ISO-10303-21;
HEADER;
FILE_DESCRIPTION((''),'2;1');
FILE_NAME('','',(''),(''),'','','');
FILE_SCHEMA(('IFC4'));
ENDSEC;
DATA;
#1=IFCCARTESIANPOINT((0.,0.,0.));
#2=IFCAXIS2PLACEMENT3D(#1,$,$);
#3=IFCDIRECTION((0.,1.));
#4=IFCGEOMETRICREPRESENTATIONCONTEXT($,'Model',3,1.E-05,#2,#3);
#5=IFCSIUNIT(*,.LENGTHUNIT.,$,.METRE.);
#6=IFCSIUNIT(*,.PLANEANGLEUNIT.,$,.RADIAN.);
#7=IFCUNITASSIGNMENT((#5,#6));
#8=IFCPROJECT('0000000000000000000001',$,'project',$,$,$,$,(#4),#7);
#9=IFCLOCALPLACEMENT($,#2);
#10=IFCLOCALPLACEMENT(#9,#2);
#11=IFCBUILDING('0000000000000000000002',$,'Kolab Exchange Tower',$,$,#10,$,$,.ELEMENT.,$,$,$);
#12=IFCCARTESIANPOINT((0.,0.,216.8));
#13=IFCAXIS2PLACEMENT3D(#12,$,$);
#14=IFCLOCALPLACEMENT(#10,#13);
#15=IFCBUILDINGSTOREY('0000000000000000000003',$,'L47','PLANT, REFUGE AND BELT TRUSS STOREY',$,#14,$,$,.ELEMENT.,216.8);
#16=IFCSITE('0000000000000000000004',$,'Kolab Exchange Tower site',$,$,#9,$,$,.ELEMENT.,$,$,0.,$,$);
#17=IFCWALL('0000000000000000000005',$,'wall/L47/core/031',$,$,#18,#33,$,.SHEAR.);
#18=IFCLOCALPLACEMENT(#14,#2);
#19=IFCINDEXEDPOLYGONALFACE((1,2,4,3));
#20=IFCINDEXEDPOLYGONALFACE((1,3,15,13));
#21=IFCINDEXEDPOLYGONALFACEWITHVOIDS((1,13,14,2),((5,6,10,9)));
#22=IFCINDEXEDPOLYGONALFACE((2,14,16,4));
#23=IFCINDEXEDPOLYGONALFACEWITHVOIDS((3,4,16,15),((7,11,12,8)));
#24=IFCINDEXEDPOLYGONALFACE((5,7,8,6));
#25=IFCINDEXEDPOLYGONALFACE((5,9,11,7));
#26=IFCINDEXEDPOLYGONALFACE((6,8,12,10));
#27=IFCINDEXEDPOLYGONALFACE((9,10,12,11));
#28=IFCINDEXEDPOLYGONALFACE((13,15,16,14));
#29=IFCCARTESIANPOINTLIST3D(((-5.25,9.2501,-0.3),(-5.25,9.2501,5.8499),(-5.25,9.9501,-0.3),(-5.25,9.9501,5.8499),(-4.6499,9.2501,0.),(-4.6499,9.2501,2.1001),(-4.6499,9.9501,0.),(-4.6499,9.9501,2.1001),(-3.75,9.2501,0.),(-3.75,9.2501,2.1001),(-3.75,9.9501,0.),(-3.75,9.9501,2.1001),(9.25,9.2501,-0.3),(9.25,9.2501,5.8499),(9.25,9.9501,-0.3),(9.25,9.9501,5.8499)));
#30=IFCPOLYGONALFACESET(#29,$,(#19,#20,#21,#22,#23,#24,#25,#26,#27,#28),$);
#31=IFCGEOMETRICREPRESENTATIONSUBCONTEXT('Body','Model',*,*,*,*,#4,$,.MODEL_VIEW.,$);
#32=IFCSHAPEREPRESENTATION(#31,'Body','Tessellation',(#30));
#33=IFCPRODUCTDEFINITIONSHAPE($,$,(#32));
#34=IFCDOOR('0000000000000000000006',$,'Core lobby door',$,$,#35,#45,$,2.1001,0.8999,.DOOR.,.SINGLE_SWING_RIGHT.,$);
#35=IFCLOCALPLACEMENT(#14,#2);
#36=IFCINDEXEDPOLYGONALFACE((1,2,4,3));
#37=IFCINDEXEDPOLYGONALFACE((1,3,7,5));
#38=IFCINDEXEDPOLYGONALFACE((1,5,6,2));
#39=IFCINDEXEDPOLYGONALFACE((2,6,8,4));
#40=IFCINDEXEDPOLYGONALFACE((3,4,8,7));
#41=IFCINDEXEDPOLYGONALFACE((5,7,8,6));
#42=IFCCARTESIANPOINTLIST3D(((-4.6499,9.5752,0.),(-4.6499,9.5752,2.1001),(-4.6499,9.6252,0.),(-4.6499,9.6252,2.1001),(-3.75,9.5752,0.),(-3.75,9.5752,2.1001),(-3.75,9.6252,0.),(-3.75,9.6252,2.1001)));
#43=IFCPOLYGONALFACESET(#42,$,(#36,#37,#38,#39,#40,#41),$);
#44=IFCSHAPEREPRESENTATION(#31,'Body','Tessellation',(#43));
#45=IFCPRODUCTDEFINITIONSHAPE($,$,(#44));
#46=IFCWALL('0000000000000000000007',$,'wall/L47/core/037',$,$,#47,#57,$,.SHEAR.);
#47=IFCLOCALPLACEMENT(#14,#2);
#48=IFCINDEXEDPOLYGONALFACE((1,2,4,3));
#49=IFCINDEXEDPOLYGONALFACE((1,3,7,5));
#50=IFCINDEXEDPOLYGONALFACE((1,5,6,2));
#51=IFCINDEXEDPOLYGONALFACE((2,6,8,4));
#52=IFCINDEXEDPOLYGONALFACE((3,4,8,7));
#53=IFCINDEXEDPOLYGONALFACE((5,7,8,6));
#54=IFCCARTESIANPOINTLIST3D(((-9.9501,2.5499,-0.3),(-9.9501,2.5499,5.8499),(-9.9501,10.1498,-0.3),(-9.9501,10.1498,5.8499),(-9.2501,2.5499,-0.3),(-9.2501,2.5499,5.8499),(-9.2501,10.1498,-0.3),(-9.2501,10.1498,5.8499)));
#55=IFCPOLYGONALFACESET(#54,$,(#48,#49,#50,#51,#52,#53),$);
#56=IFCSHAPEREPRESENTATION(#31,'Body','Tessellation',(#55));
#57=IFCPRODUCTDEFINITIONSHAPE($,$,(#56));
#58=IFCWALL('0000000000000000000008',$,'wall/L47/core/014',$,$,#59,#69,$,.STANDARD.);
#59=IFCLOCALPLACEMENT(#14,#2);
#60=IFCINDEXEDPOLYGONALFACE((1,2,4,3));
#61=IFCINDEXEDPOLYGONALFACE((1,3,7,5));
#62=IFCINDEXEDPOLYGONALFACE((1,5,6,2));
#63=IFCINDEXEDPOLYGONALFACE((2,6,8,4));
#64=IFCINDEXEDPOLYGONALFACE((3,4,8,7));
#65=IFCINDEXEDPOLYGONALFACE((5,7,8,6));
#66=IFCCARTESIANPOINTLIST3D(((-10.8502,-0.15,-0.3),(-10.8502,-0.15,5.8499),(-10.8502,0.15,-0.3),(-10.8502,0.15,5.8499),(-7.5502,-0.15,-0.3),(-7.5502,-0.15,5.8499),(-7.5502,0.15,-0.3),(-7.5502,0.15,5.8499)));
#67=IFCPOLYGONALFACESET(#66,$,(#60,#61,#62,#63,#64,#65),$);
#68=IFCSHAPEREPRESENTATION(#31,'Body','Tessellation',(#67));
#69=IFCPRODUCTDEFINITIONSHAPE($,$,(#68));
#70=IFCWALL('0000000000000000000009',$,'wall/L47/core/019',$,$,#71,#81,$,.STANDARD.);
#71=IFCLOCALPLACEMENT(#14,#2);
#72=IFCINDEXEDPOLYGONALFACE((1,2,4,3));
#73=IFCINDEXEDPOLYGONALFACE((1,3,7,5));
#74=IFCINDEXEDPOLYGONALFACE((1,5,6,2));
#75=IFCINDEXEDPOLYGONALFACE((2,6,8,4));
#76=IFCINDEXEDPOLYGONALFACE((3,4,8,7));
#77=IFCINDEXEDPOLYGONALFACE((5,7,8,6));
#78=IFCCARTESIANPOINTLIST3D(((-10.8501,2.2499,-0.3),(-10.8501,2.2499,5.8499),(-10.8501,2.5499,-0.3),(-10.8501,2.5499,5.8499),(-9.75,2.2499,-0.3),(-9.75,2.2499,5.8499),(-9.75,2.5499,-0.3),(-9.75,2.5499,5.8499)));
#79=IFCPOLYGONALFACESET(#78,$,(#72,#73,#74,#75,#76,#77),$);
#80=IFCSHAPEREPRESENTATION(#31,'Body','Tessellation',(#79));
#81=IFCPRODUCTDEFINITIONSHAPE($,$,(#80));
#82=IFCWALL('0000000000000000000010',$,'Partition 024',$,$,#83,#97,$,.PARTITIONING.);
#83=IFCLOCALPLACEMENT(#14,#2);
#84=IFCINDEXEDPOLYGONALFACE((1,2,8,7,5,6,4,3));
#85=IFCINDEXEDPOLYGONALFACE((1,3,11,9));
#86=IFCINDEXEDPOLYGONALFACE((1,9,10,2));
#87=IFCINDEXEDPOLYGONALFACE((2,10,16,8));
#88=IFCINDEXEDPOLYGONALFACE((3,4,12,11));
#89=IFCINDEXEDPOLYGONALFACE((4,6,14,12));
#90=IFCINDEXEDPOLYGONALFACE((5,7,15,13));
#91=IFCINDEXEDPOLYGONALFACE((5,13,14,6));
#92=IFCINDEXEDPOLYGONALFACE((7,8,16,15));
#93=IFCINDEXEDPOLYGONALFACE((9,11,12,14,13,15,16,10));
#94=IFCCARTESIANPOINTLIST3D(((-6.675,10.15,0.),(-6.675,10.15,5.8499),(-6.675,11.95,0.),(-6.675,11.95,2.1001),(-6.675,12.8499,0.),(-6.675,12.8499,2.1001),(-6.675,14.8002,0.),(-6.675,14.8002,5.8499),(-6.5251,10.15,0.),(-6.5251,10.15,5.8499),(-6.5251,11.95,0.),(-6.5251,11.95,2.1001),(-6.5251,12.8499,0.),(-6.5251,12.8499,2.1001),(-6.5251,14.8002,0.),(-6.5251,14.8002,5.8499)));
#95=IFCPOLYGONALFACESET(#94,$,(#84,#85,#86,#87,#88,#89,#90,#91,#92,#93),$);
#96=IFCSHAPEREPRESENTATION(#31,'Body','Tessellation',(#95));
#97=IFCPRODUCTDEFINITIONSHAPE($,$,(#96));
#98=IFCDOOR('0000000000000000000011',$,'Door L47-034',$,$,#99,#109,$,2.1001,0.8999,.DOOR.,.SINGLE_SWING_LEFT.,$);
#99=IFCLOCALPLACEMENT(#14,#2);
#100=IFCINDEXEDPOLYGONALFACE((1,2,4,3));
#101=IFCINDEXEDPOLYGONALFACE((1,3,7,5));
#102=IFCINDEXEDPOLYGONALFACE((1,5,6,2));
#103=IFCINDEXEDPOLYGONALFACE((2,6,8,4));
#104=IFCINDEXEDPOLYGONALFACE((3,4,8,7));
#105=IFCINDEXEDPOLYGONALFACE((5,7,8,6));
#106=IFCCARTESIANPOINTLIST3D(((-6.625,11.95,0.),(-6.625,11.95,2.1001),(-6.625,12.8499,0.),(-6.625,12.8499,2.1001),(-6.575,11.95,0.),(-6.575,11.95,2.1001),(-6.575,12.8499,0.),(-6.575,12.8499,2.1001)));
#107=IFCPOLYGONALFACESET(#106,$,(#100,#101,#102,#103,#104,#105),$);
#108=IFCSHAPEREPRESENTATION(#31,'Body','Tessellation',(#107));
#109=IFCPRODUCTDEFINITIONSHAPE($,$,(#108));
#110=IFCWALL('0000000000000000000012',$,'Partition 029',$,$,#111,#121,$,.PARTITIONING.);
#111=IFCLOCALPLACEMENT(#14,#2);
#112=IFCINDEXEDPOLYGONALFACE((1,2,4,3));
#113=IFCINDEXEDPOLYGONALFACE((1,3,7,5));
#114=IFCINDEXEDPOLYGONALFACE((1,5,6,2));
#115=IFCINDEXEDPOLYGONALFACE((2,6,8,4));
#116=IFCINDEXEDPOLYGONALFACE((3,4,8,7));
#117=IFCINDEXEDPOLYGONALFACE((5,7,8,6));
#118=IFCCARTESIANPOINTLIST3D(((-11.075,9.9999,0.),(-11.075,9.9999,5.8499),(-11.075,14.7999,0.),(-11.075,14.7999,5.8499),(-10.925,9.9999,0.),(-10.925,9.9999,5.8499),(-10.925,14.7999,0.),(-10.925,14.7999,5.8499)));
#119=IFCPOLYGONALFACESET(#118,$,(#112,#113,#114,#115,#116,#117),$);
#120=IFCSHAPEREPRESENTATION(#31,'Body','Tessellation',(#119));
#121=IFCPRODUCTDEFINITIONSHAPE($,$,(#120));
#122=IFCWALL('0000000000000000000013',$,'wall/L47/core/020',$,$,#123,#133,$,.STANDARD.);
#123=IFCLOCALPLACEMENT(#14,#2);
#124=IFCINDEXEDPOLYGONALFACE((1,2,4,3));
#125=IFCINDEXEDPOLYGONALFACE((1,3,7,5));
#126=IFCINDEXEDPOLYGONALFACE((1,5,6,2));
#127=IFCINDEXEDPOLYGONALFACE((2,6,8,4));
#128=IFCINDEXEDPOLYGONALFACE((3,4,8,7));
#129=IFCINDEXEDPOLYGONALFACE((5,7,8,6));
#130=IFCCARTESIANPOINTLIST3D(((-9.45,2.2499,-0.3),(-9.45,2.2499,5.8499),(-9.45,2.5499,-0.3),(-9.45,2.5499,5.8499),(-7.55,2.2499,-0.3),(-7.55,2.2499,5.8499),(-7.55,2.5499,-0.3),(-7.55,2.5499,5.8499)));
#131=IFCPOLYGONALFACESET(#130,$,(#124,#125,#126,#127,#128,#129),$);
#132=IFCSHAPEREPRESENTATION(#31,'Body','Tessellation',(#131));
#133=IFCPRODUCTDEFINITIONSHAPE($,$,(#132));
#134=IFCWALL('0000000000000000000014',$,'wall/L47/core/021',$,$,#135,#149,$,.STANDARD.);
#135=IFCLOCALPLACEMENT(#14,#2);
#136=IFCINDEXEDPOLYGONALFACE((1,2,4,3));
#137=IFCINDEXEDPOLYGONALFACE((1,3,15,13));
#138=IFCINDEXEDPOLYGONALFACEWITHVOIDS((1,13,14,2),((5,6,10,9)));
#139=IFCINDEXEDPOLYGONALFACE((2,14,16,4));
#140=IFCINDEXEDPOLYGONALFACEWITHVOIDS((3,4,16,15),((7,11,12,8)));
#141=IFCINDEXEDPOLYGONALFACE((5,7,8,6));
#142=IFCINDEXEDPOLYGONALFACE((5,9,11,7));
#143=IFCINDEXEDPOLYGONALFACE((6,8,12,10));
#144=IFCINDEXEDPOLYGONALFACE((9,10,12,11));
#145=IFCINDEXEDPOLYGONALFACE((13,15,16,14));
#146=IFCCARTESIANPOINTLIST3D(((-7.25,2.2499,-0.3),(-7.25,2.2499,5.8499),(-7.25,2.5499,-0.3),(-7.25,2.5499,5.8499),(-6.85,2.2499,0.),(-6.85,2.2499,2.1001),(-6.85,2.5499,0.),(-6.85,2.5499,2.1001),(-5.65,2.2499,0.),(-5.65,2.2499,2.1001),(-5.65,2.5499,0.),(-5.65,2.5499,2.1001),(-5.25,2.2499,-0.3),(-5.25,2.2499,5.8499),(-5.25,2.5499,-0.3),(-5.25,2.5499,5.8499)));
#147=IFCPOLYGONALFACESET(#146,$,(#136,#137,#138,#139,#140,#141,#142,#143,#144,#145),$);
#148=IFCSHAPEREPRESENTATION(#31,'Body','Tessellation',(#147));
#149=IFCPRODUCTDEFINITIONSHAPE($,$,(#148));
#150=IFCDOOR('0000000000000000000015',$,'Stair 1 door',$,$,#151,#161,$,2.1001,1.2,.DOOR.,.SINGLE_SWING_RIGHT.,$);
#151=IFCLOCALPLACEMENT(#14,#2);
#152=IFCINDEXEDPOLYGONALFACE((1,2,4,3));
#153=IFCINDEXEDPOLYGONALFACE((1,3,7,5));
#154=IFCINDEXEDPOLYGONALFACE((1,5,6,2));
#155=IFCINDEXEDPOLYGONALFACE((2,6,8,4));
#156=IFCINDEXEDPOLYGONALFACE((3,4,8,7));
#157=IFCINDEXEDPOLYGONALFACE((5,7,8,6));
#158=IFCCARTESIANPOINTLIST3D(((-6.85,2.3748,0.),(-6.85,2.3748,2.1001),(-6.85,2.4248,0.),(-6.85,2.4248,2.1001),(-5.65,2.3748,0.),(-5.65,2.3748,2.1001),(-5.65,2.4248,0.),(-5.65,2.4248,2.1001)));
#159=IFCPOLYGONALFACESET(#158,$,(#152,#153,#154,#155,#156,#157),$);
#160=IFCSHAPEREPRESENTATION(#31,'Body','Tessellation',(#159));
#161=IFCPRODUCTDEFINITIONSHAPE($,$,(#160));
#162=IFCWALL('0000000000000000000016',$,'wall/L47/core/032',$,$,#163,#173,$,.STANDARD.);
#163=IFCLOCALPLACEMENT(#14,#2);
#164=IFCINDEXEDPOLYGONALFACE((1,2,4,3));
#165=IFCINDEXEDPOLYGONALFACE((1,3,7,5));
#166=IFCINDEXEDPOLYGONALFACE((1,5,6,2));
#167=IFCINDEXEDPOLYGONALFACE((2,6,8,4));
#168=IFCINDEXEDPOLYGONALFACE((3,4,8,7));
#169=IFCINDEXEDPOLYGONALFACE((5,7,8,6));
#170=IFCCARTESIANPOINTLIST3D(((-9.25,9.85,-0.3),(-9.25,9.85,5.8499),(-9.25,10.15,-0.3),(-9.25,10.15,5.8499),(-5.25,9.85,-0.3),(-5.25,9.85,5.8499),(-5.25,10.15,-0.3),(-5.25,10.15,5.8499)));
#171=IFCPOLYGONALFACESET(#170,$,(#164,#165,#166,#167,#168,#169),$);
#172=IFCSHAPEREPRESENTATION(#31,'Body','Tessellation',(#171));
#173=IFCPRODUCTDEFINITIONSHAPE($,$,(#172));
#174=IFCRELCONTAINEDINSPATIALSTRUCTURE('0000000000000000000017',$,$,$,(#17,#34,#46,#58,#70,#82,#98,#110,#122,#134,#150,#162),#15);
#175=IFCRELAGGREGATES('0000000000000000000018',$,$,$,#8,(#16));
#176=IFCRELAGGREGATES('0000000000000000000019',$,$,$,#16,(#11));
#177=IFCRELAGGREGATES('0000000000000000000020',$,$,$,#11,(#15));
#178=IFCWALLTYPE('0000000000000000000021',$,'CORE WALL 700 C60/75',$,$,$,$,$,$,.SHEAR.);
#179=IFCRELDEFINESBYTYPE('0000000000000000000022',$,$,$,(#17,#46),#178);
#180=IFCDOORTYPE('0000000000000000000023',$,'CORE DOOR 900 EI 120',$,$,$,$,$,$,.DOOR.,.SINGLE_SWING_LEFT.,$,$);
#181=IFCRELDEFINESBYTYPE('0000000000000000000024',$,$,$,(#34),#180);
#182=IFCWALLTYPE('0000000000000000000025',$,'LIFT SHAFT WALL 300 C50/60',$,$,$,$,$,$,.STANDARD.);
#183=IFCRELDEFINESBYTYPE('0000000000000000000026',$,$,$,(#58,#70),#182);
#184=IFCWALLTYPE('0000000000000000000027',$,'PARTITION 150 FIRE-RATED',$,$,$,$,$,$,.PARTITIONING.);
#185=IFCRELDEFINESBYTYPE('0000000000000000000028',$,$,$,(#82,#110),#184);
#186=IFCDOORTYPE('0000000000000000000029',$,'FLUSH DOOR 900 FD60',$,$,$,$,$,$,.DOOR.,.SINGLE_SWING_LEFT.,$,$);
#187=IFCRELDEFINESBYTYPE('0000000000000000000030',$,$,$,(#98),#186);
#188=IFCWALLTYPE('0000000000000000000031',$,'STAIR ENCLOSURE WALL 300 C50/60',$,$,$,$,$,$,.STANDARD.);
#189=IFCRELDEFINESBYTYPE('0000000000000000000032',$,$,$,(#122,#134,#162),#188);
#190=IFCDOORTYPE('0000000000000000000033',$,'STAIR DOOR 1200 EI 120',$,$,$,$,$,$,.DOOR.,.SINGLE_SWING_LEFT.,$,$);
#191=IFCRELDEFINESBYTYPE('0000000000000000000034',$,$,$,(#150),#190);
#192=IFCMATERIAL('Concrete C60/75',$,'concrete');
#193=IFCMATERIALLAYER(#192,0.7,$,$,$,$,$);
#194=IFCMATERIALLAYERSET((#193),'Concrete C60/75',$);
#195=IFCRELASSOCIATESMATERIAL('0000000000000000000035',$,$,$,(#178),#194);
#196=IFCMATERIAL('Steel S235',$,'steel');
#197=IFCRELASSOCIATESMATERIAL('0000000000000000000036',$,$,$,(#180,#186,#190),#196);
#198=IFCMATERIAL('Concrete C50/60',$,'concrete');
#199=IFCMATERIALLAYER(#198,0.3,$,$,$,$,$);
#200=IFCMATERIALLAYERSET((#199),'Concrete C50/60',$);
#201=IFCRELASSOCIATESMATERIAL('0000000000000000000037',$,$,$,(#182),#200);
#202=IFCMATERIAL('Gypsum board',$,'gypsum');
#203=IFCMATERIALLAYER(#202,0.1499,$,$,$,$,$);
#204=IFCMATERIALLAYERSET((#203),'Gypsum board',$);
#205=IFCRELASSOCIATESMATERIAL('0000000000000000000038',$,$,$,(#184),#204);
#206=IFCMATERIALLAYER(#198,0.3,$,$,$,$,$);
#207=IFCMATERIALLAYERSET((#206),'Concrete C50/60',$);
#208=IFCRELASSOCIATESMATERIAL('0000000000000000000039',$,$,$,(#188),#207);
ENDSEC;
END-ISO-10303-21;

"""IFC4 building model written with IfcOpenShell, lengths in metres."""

from ifc_helpers import new_model, si_unit, direction, frame, frame_2d, origin, place, context, subcontext, project, spatial, rectangle, extrude, material, layer, layer_set, type_object, element, fill, save


model = new_model("IFC4")

# Units and contexts
model_context = context("Model", 3, precision=1e-05, world=origin(), true_north=direction((0.0, 1.0)))
body_context = subcontext(model_context, "Body", "Model", "MODEL_VIEW")
ifc_project = project(units=[si_unit("LENGTHUNIT", "METRE"), si_unit("PLANEANGLEUNIT", "RADIAN")], contexts=[model_context])

# Site, building, storey
site_placement = place(None, origin())
site = spatial("IfcSite", under=ifc_project, at=site_placement, Name="Kolab Exchange Tower site", CompositionType="ELEMENT", RefElevation=0.0)
building_placement = place(site_placement, origin())
building = spatial("IfcBuilding", under=site, at=building_placement, Name="Kolab Exchange Tower", CompositionType="ELEMENT")
storey_placement = place(building_placement, frame((0.0, 0.0, 216.8)))
storey = spatial("IfcBuildingStorey", under=building, at=storey_placement, Name="L47", Description="PLANT, REFUGE AND BELT TRUSS STOREY", CompositionType="ELEMENT", Elevation=216.8)

# Wall, opening, door
ifc_material_1 = material(Name="Concrete C60/75", Category="concrete")
ifc_layer_1 = layer(ifc_material_1, 0.7)
ifc_layer_set_1 = layer_set([ifc_layer_1], Name="Concrete C60/75")
wall_type_1 = type_object("IfcWallType", Name="CORE WALL 700 C60/75", PredefinedType="SHEAR", material=ifc_layer_set_1)
wall_1_placement = place(storey_placement, frame((-5.25, 9.6001, -0.3), z_axis=(0.0, 0.0, 1.0), x_axis=(1.0, 0.0, 0.0)))
wall_1 = element("IfcWall", 1, at=wall_1_placement, inside=storey, type_object=wall_type_1, Name="wall/L47/core/031", PredefinedType="SHEAR", context=body_context, shape_type="SweptSolid", body=[
    extrude(rectangle(XDim=14.5, YDim=0.7, at=frame_2d((7.25, 0.0))), origin(), (0.0, 0.0, 1.0), 6.1499),
])
opening_1_placement = place(wall_1_placement, frame((0.6001, 0.0, 0.3)))
opening_1 = element("IfcOpeningElement", 2, at=opening_1_placement, cuts=wall_1, PredefinedType="OPENING", context=body_context, shape_type="SweptSolid", body=[
    extrude(rectangle(XDim=0.8999, YDim=2.1001, at=frame_2d((0.45, 1.05))), frame((0.0, 0.3599, 0.0), z_axis=(0.0, -1.0, 0.0), x_axis=(1.0, 0.0, 0.0)), (0.0, 0.0, 1.0), 0.72),
])
ifc_material_2 = material(Name="Steel S235", Category="steel")
door_type_1 = type_object("IfcDoorType", Name="CORE DOOR 900 EI 120", OperationType="SINGLE_SWING_LEFT", PredefinedType="DOOR", material=ifc_material_2)
door_1_placement = place(opening_1_placement, frame((0.8999, 0.0, 0.0), z_axis=(0.0, 0.0, 1.0), x_axis=(-1.0, 0.0, 0.0)))
door_1 = element("IfcDoor", 3, at=door_1_placement, inside=storey, type_object=door_type_1, Name="Core lobby door", OperationType="SINGLE_SWING_RIGHT", OverallHeight=2.1001, OverallWidth=0.8999, PredefinedType="DOOR", context=body_context, shape_type="SweptSolid", body=[
    extrude(rectangle(XDim=0.8999, YDim=2.1001, at=frame_2d((0.45, 1.05))), frame((0.0, 0.0249, 0.0), z_axis=(0.0, -1.0, 0.0), x_axis=(1.0, 0.0, 0.0)), (0.0, 0.0, 1.0), 0.05),
])
fill(opening_1, door_1)

# Walls
wall_2_placement = place(storey_placement, frame((-9.6001, 2.55, -0.3), z_axis=(0.0, 0.0, 1.0), x_axis=(0.0, 1.0, 0.0)))
element("IfcWall", 4, at=wall_2_placement, inside=storey, type_object=wall_type_1, Name="wall/L47/core/037", PredefinedType="SHEAR", context=body_context, shape_type="SweptSolid", body=[
    extrude(rectangle(XDim=7.5999, YDim=0.7, at=frame_2d((3.7998, 0.0))), origin(), (0.0, 0.0, 1.0), 6.1499),
])
ifc_material_3 = material(Name="Concrete C50/60", Category="concrete")
ifc_layer_2 = layer(ifc_material_3, 0.3)
ifc_layer_set_2 = layer_set([ifc_layer_2], Name="Concrete C50/60")
wall_type_2 = type_object("IfcWallType", Name="LIFT SHAFT WALL 300 C50/60", PredefinedType="STANDARD", material=ifc_layer_set_2)
wall_3_placement = place(storey_placement, frame((-10.8501, 0.0, -0.3), z_axis=(0.0, 0.0, 1.0), x_axis=(1.0, 0.0, 0.0)))
element("IfcWall", 5, at=wall_3_placement, inside=storey, type_object=wall_type_2, Name="wall/L47/core/014", PredefinedType="STANDARD", context=body_context, shape_type="SweptSolid", body=[
    extrude(rectangle(XDim=3.3, YDim=0.3, at=frame_2d((1.6499, 0.0))), origin(), (0.0, 0.0, 1.0), 6.1499),
])
wall_4_placement = place(storey_placement, frame((-10.8501, 2.3999, -0.3), z_axis=(0.0, 0.0, 1.0), x_axis=(1.0, 0.0, 0.0)))
element("IfcWall", 6, at=wall_4_placement, inside=storey, type_object=wall_type_2, Name="wall/L47/core/019", PredefinedType="STANDARD", context=body_context, shape_type="SweptSolid", body=[
    extrude(rectangle(XDim=1.1001, YDim=0.3, at=frame_2d((0.55, 0.0))), origin(), (0.0, 0.0, 1.0), 6.1499),
])

# Wall, opening, door
ifc_material_4 = material(Name="Gypsum board", Category="gypsum")
ifc_layer_3 = layer(ifc_material_4, 0.1499)
ifc_layer_set_3 = layer_set([ifc_layer_3], Name="Gypsum board")
wall_type_3 = type_object("IfcWallType", Name="PARTITION 150 FIRE-RATED", PredefinedType="PARTITIONING", material=ifc_layer_set_3)
wall_5_placement = place(storey_placement, frame((-6.6001, 10.1499, 0.0), z_axis=(0.0, 0.0, 1.0), x_axis=(0.0, 1.0, 0.0)))
wall_5 = element("IfcWall", 7, at=wall_5_placement, inside=storey, type_object=wall_type_3, Name="Partition 024", PredefinedType="PARTITIONING", context=body_context, shape_type="SweptSolid", body=[
    extrude(rectangle(XDim=4.6501, YDim=0.1499, at=frame_2d((2.3252, 0.0))), origin(), (0.0, 0.0, 1.0), 5.8499),
])
opening_2_placement = place(wall_5_placement, frame((1.8, 0.0, 0.0)))
opening_2 = element("IfcOpeningElement", 8, at=opening_2_placement, cuts=wall_5, PredefinedType="OPENING", context=body_context, shape_type="SweptSolid", body=[
    extrude(rectangle(XDim=0.8999, YDim=2.1001, at=frame_2d((0.45, 1.05))), frame((0.0, 0.085, 0.0), z_axis=(0.0, -1.0, 0.0), x_axis=(1.0, 0.0, 0.0)), (0.0, 0.0, 1.0), 0.1699),
])
door_type_2 = type_object("IfcDoorType", Name="FLUSH DOOR 900 FD60", OperationType="SINGLE_SWING_LEFT", PredefinedType="DOOR", material=ifc_material_2)
door_2_placement = place(opening_2_placement, origin())
door_2 = element("IfcDoor", 9, at=door_2_placement, inside=storey, type_object=door_type_2, Name="Door L47-034", OperationType="SINGLE_SWING_LEFT", OverallHeight=2.1001, OverallWidth=0.8999, PredefinedType="DOOR", context=body_context, shape_type="SweptSolid", body=[
    extrude(rectangle(XDim=0.8999, YDim=2.1001, at=frame_2d((0.45, 1.05))), frame((0.0, 0.0249, 0.0), z_axis=(0.0, -1.0, 0.0), x_axis=(1.0, 0.0, 0.0)), (0.0, 0.0, 1.0), 0.05),
])
fill(opening_2, door_2)

# Walls
wall_6_placement = place(storey_placement, frame((-11.0, 10.0, 0.0), z_axis=(0.0, 0.0, 1.0), x_axis=(0.0, 1.0, 0.0)))
element("IfcWall", 10, at=wall_6_placement, inside=storey, type_object=wall_type_3, Name="Partition 029", PredefinedType="PARTITIONING", context=body_context, shape_type="SweptSolid", body=[
    extrude(rectangle(XDim=4.8, YDim=0.1499, at=frame_2d((2.3999, 0.0))), origin(), (0.0, 0.0, 1.0), 5.8499),
])
ifc_layer_4 = layer(ifc_material_3, 0.3)
ifc_layer_set_4 = layer_set([ifc_layer_4], Name="Concrete C50/60")
wall_type_4 = type_object("IfcWallType", Name="STAIR ENCLOSURE WALL 300 C50/60", PredefinedType="STANDARD", material=ifc_layer_set_4)
wall_7_placement = place(storey_placement, frame((-9.45, 2.3999, -0.3), z_axis=(0.0, 0.0, 1.0), x_axis=(1.0, 0.0, 0.0)))
element("IfcWall", 11, at=wall_7_placement, inside=storey, type_object=wall_type_4, Name="wall/L47/core/020", PredefinedType="STANDARD", context=body_context, shape_type="SweptSolid", body=[
    extrude(rectangle(XDim=1.8999, YDim=0.3, at=frame_2d((0.95, 0.0))), origin(), (0.0, 0.0, 1.0), 6.1499),
])

# Wall, opening, door
wall_8_placement = place(storey_placement, frame((-7.25, 2.3999, -0.3), z_axis=(0.0, 0.0, 1.0), x_axis=(1.0, 0.0, 0.0)))
wall_8 = element("IfcWall", 12, at=wall_8_placement, inside=storey, type_object=wall_type_4, Name="wall/L47/core/021", PredefinedType="STANDARD", context=body_context, shape_type="SweptSolid", body=[
    extrude(rectangle(XDim=2.0, YDim=0.3, at=frame_2d((1.0, 0.0))), origin(), (0.0, 0.0, 1.0), 6.1499),
])
opening_3_placement = place(wall_8_placement, frame((0.3999, 0.0, 0.3)))
opening_3 = element("IfcOpeningElement", 13, at=opening_3_placement, cuts=wall_8, PredefinedType="OPENING", context=body_context, shape_type="SweptSolid", body=[
    extrude(rectangle(XDim=1.2, YDim=2.1001, at=frame_2d((0.6001, 1.05))), frame((0.0, 0.1602, 0.0), z_axis=(0.0, -1.0, 0.0), x_axis=(1.0, 0.0, 0.0)), (0.0, 0.0, 1.0), 0.3201),
])
door_type_3 = type_object("IfcDoorType", Name="STAIR DOOR 1200 EI 120", OperationType="SINGLE_SWING_LEFT", PredefinedType="DOOR", material=ifc_material_2)
door_3_placement = place(opening_3_placement, origin())
door_3 = element("IfcDoor", 14, at=door_3_placement, inside=storey, type_object=door_type_3, Name="Stair 1 door", OperationType="SINGLE_SWING_RIGHT", OverallHeight=2.1001, OverallWidth=1.2, PredefinedType="DOOR", context=body_context, shape_type="SweptSolid", body=[
    extrude(rectangle(XDim=1.2, YDim=2.1001, at=frame_2d((0.6001, 1.05))), frame((0.0, 0.0249, 0.0), z_axis=(0.0, -1.0, 0.0), x_axis=(1.0, 0.0, 0.0)), (0.0, 0.0, 1.0), 0.05),
])
fill(opening_3, door_3)

# Wall
wall_9_placement = place(storey_placement, frame((-9.25, 10.0, -0.3), z_axis=(0.0, 0.0, 1.0), x_axis=(1.0, 0.0, 0.0)))
element("IfcWall", 15, at=wall_9_placement, inside=storey, type_object=wall_type_4, Name="wall/L47/core/032", PredefinedType="STANDARD", context=body_context, shape_type="SweptSolid", body=[
    extrude(rectangle(XDim=4.0, YDim=0.3, at=frame_2d((2.0, 0.0))), origin(), (0.0, 0.0, 1.0), 6.1499),
])

save(model, "model.ifc")
